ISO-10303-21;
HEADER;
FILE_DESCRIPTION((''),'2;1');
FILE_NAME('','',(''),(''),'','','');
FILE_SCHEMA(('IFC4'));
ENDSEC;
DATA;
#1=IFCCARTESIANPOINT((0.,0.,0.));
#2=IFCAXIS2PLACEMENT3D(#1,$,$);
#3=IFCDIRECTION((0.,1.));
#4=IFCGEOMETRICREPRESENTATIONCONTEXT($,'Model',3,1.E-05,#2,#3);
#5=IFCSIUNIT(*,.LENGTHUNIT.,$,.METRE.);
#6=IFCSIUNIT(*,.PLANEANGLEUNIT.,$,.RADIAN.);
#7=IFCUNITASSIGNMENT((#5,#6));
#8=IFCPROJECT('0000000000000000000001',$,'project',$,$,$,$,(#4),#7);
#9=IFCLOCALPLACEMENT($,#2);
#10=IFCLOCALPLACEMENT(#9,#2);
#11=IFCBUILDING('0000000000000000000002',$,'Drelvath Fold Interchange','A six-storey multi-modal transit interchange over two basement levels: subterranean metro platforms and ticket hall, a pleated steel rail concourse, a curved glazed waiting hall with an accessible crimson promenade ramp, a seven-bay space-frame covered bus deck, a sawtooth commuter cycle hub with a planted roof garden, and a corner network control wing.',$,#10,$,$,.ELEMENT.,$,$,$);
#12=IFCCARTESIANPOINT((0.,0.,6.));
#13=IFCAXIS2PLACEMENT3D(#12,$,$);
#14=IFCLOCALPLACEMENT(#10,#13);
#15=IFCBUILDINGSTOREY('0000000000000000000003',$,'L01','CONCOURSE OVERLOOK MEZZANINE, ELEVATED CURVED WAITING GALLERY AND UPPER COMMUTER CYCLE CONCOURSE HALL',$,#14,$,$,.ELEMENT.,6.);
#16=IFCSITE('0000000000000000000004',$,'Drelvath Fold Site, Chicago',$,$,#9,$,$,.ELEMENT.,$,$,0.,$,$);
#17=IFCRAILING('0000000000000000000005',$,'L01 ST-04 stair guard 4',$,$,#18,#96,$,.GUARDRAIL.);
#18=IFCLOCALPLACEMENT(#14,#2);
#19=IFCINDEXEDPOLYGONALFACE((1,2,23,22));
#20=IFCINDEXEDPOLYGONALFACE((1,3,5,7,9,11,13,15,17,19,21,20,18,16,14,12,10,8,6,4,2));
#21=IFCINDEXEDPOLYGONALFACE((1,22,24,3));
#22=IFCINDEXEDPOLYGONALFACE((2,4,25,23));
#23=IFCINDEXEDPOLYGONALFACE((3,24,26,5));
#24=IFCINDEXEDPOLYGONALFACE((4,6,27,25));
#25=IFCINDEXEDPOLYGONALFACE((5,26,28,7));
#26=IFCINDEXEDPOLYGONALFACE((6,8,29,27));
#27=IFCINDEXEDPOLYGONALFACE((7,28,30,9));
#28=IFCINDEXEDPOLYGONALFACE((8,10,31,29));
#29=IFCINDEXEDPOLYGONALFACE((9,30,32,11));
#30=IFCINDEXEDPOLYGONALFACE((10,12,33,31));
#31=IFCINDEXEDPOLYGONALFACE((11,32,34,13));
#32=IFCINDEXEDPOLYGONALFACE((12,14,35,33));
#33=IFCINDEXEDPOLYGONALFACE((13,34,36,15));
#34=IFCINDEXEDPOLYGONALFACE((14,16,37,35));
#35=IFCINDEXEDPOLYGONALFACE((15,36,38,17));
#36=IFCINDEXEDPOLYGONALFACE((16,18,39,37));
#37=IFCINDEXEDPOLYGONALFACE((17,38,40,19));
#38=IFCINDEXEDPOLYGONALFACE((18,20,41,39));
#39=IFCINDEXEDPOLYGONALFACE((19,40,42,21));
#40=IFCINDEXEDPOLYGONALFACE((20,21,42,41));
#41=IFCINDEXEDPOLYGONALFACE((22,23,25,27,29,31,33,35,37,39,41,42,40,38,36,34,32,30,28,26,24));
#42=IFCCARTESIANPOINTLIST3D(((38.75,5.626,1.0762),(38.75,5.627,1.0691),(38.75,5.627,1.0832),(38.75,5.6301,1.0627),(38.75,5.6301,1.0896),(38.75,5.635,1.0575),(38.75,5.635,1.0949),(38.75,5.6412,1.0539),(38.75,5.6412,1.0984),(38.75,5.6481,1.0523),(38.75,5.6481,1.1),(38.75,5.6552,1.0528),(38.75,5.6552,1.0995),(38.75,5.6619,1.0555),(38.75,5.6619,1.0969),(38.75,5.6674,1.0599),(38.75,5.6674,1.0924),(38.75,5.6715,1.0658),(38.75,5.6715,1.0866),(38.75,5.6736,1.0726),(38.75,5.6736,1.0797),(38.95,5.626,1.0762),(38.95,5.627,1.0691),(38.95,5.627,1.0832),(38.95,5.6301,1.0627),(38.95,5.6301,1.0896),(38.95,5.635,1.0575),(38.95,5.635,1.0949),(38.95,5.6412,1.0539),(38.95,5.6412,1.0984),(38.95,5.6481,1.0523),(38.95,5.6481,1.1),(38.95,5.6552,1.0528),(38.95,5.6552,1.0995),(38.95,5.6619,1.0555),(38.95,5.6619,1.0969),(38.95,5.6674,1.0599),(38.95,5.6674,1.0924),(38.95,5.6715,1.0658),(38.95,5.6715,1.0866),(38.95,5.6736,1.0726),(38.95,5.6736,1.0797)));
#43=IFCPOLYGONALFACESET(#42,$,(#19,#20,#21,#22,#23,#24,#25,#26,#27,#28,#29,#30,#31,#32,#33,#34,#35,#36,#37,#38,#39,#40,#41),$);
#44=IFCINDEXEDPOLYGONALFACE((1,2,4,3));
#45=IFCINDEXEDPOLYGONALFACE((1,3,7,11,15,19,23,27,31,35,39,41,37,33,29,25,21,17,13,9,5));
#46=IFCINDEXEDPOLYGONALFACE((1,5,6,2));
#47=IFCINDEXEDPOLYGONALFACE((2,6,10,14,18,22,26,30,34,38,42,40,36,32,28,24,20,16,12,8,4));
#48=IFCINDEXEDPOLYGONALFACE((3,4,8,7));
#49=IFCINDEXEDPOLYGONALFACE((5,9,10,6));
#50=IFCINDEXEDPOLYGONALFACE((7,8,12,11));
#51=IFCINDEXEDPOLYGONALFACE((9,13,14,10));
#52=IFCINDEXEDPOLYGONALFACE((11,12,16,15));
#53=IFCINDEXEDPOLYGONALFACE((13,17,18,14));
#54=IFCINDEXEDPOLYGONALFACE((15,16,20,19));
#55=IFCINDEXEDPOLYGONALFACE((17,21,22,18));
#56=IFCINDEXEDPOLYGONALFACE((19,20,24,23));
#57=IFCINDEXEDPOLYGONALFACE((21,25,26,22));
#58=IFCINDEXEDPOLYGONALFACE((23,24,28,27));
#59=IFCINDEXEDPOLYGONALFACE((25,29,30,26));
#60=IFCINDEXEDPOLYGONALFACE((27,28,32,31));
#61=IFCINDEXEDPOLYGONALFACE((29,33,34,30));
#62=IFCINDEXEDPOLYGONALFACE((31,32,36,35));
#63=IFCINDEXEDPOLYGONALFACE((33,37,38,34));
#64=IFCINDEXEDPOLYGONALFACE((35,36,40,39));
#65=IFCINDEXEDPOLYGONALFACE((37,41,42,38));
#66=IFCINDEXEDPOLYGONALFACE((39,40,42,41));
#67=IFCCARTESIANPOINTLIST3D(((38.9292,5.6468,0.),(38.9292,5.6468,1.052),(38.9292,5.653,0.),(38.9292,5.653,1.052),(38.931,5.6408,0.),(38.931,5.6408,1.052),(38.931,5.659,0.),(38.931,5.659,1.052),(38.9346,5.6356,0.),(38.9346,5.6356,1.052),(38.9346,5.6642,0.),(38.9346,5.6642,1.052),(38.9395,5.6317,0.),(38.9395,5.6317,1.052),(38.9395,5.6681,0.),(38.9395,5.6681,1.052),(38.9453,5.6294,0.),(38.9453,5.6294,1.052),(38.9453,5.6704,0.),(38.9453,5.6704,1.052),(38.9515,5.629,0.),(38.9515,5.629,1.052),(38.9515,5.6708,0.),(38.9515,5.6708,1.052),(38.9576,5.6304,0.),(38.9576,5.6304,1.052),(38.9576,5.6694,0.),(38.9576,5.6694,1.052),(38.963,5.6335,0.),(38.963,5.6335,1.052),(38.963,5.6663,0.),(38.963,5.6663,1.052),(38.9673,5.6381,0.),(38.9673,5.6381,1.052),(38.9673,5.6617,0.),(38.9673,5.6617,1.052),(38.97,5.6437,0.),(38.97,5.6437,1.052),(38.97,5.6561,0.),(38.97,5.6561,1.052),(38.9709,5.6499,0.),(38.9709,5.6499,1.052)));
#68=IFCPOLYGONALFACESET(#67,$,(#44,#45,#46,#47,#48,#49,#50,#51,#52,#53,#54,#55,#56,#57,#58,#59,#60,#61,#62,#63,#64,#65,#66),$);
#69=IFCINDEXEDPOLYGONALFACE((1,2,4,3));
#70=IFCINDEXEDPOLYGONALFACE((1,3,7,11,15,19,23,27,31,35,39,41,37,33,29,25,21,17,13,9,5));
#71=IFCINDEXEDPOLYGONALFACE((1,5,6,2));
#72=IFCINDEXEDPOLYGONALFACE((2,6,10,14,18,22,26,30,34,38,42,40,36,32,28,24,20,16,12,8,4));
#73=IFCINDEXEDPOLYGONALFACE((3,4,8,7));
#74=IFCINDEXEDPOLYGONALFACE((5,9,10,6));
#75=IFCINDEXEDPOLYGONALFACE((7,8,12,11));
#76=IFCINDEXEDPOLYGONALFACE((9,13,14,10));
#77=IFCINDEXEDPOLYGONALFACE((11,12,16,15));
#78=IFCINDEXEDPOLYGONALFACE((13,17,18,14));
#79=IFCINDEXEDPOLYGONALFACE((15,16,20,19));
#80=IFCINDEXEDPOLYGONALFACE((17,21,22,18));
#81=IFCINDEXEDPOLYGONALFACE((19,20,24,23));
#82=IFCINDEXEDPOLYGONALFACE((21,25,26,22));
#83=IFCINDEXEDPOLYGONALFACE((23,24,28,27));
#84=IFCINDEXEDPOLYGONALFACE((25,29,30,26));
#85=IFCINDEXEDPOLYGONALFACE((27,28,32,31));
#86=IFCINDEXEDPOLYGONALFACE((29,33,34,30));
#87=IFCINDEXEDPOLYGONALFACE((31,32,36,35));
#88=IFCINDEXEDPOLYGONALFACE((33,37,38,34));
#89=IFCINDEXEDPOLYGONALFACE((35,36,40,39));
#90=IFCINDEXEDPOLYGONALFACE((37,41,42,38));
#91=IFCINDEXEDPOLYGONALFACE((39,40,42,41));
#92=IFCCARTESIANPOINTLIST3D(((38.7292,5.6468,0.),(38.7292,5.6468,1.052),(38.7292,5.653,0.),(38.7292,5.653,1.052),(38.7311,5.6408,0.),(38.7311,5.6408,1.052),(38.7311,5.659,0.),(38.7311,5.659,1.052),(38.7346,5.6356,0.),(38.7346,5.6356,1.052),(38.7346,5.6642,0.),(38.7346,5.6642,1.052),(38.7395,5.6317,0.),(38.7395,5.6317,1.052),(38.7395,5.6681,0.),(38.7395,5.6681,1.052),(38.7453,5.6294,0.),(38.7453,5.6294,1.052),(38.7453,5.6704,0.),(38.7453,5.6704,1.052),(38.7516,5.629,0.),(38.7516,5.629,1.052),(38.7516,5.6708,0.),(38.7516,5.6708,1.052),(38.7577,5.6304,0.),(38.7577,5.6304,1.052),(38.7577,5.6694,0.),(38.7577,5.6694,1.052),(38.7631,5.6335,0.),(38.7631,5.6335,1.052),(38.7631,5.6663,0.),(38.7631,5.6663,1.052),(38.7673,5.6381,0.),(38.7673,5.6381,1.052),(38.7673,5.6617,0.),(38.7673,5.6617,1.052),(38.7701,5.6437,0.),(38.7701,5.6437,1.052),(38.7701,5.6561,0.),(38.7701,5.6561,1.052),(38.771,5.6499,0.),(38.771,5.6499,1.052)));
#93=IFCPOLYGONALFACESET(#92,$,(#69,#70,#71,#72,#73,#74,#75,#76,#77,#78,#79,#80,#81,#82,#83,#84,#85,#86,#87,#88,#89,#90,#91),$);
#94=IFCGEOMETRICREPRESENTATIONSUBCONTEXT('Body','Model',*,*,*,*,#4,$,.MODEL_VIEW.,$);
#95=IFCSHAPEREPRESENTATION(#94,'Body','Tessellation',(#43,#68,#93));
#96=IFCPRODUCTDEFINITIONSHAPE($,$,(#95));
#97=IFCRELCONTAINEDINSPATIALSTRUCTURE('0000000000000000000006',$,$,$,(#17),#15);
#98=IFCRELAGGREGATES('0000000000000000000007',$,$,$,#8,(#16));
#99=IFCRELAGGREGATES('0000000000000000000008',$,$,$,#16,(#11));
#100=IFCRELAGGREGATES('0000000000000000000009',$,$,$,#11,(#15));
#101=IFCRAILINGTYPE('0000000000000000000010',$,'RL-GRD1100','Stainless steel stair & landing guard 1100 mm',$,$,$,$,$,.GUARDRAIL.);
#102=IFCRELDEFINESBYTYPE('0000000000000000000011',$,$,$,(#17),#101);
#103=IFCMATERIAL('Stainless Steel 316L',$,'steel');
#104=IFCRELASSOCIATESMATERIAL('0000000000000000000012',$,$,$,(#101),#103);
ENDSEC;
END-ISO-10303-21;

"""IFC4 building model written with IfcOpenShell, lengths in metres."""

from ifc_helpers import new_model, si_unit, direction, frame, origin, origin_2d, place, context, subcontext, project, spatial, circle, extrude, material, type_object, element, save


model = new_model("IFC4")

# Units and contexts
model_context = context("Model", 3, precision=1e-05, world=origin(), true_north=direction((0.0, 1.0)))
body_context = subcontext(model_context, "Body", "Model", "MODEL_VIEW")
ifc_project = project(units=[si_unit("LENGTHUNIT", "METRE"), si_unit("PLANEANGLEUNIT", "RADIAN")], contexts=[model_context])

# Site, building, storey
site_placement = place(None, origin())
site = spatial("IfcSite", under=ifc_project, at=site_placement, Name="Drelvath Fold Site, Chicago", CompositionType="ELEMENT", RefElevation=0.0)
building_placement = place(site_placement, origin())
building = spatial("IfcBuilding", under=site, at=building_placement, Name="Drelvath Fold Interchange", Description="A six-storey multi-modal transit interchange over two basement levels: subterranean metro platforms and ticket hall, a pleated steel rail concourse, a curved glazed waiting hall with an accessible crimson promenade ramp, a seven-bay space-frame covered bus deck, a sawtooth commuter cycle hub with a planted roof garden, and a corner network control wing.", CompositionType="ELEMENT")
storey_placement = place(building_placement, frame((0.0, 0.0, 6.0)))
storey = spatial("IfcBuildingStorey", under=building, at=storey_placement, Name="L01", Description="CONCOURSE OVERLOOK MEZZANINE, ELEVATED CURVED WAITING GALLERY AND UPPER COMMUTER CYCLE CONCOURSE HALL", CompositionType="ELEMENT", Elevation=6.0)

# Railing
ifc_material_1 = material(Name="Stainless Steel 316L", Category="steel")
railing_type_1 = type_object("IfcRailingType", Name="RL-GRD1100", Description="Stainless steel stair & landing guard 1100 mm", PredefinedType="GUARDRAIL", material=ifc_material_1)
railing_1_placement = place(storey_placement, frame((38.95, 5.6499, 0.0)))
element("IfcRailing", 1, at=railing_1_placement, inside=storey, type_object=railing_type_1, Name="L01 ST-04 stair guard 4", PredefinedType="GUARDRAIL", context=body_context, shape_type="SweptSolid", body=[
    extrude(circle(Radius=0.0239, at=origin_2d()), frame((0.0, 0.0, 1.0762), z_axis=(-1.0, 0.0, 0.0), x_axis=(0.0, -1.0, 0.0)), (0.0, 0.0, 1.0), 0.2),
    extrude(circle(Radius=0.021, at=origin_2d()), origin(), (0.0, 0.0, 1.0), 1.052),
    extrude(circle(Radius=0.021, at=origin_2d()), frame((-0.2, 0.0, 0.0)), (0.0, 0.0, 1.0), 1.052),
])

save(model, "model.ifc")
